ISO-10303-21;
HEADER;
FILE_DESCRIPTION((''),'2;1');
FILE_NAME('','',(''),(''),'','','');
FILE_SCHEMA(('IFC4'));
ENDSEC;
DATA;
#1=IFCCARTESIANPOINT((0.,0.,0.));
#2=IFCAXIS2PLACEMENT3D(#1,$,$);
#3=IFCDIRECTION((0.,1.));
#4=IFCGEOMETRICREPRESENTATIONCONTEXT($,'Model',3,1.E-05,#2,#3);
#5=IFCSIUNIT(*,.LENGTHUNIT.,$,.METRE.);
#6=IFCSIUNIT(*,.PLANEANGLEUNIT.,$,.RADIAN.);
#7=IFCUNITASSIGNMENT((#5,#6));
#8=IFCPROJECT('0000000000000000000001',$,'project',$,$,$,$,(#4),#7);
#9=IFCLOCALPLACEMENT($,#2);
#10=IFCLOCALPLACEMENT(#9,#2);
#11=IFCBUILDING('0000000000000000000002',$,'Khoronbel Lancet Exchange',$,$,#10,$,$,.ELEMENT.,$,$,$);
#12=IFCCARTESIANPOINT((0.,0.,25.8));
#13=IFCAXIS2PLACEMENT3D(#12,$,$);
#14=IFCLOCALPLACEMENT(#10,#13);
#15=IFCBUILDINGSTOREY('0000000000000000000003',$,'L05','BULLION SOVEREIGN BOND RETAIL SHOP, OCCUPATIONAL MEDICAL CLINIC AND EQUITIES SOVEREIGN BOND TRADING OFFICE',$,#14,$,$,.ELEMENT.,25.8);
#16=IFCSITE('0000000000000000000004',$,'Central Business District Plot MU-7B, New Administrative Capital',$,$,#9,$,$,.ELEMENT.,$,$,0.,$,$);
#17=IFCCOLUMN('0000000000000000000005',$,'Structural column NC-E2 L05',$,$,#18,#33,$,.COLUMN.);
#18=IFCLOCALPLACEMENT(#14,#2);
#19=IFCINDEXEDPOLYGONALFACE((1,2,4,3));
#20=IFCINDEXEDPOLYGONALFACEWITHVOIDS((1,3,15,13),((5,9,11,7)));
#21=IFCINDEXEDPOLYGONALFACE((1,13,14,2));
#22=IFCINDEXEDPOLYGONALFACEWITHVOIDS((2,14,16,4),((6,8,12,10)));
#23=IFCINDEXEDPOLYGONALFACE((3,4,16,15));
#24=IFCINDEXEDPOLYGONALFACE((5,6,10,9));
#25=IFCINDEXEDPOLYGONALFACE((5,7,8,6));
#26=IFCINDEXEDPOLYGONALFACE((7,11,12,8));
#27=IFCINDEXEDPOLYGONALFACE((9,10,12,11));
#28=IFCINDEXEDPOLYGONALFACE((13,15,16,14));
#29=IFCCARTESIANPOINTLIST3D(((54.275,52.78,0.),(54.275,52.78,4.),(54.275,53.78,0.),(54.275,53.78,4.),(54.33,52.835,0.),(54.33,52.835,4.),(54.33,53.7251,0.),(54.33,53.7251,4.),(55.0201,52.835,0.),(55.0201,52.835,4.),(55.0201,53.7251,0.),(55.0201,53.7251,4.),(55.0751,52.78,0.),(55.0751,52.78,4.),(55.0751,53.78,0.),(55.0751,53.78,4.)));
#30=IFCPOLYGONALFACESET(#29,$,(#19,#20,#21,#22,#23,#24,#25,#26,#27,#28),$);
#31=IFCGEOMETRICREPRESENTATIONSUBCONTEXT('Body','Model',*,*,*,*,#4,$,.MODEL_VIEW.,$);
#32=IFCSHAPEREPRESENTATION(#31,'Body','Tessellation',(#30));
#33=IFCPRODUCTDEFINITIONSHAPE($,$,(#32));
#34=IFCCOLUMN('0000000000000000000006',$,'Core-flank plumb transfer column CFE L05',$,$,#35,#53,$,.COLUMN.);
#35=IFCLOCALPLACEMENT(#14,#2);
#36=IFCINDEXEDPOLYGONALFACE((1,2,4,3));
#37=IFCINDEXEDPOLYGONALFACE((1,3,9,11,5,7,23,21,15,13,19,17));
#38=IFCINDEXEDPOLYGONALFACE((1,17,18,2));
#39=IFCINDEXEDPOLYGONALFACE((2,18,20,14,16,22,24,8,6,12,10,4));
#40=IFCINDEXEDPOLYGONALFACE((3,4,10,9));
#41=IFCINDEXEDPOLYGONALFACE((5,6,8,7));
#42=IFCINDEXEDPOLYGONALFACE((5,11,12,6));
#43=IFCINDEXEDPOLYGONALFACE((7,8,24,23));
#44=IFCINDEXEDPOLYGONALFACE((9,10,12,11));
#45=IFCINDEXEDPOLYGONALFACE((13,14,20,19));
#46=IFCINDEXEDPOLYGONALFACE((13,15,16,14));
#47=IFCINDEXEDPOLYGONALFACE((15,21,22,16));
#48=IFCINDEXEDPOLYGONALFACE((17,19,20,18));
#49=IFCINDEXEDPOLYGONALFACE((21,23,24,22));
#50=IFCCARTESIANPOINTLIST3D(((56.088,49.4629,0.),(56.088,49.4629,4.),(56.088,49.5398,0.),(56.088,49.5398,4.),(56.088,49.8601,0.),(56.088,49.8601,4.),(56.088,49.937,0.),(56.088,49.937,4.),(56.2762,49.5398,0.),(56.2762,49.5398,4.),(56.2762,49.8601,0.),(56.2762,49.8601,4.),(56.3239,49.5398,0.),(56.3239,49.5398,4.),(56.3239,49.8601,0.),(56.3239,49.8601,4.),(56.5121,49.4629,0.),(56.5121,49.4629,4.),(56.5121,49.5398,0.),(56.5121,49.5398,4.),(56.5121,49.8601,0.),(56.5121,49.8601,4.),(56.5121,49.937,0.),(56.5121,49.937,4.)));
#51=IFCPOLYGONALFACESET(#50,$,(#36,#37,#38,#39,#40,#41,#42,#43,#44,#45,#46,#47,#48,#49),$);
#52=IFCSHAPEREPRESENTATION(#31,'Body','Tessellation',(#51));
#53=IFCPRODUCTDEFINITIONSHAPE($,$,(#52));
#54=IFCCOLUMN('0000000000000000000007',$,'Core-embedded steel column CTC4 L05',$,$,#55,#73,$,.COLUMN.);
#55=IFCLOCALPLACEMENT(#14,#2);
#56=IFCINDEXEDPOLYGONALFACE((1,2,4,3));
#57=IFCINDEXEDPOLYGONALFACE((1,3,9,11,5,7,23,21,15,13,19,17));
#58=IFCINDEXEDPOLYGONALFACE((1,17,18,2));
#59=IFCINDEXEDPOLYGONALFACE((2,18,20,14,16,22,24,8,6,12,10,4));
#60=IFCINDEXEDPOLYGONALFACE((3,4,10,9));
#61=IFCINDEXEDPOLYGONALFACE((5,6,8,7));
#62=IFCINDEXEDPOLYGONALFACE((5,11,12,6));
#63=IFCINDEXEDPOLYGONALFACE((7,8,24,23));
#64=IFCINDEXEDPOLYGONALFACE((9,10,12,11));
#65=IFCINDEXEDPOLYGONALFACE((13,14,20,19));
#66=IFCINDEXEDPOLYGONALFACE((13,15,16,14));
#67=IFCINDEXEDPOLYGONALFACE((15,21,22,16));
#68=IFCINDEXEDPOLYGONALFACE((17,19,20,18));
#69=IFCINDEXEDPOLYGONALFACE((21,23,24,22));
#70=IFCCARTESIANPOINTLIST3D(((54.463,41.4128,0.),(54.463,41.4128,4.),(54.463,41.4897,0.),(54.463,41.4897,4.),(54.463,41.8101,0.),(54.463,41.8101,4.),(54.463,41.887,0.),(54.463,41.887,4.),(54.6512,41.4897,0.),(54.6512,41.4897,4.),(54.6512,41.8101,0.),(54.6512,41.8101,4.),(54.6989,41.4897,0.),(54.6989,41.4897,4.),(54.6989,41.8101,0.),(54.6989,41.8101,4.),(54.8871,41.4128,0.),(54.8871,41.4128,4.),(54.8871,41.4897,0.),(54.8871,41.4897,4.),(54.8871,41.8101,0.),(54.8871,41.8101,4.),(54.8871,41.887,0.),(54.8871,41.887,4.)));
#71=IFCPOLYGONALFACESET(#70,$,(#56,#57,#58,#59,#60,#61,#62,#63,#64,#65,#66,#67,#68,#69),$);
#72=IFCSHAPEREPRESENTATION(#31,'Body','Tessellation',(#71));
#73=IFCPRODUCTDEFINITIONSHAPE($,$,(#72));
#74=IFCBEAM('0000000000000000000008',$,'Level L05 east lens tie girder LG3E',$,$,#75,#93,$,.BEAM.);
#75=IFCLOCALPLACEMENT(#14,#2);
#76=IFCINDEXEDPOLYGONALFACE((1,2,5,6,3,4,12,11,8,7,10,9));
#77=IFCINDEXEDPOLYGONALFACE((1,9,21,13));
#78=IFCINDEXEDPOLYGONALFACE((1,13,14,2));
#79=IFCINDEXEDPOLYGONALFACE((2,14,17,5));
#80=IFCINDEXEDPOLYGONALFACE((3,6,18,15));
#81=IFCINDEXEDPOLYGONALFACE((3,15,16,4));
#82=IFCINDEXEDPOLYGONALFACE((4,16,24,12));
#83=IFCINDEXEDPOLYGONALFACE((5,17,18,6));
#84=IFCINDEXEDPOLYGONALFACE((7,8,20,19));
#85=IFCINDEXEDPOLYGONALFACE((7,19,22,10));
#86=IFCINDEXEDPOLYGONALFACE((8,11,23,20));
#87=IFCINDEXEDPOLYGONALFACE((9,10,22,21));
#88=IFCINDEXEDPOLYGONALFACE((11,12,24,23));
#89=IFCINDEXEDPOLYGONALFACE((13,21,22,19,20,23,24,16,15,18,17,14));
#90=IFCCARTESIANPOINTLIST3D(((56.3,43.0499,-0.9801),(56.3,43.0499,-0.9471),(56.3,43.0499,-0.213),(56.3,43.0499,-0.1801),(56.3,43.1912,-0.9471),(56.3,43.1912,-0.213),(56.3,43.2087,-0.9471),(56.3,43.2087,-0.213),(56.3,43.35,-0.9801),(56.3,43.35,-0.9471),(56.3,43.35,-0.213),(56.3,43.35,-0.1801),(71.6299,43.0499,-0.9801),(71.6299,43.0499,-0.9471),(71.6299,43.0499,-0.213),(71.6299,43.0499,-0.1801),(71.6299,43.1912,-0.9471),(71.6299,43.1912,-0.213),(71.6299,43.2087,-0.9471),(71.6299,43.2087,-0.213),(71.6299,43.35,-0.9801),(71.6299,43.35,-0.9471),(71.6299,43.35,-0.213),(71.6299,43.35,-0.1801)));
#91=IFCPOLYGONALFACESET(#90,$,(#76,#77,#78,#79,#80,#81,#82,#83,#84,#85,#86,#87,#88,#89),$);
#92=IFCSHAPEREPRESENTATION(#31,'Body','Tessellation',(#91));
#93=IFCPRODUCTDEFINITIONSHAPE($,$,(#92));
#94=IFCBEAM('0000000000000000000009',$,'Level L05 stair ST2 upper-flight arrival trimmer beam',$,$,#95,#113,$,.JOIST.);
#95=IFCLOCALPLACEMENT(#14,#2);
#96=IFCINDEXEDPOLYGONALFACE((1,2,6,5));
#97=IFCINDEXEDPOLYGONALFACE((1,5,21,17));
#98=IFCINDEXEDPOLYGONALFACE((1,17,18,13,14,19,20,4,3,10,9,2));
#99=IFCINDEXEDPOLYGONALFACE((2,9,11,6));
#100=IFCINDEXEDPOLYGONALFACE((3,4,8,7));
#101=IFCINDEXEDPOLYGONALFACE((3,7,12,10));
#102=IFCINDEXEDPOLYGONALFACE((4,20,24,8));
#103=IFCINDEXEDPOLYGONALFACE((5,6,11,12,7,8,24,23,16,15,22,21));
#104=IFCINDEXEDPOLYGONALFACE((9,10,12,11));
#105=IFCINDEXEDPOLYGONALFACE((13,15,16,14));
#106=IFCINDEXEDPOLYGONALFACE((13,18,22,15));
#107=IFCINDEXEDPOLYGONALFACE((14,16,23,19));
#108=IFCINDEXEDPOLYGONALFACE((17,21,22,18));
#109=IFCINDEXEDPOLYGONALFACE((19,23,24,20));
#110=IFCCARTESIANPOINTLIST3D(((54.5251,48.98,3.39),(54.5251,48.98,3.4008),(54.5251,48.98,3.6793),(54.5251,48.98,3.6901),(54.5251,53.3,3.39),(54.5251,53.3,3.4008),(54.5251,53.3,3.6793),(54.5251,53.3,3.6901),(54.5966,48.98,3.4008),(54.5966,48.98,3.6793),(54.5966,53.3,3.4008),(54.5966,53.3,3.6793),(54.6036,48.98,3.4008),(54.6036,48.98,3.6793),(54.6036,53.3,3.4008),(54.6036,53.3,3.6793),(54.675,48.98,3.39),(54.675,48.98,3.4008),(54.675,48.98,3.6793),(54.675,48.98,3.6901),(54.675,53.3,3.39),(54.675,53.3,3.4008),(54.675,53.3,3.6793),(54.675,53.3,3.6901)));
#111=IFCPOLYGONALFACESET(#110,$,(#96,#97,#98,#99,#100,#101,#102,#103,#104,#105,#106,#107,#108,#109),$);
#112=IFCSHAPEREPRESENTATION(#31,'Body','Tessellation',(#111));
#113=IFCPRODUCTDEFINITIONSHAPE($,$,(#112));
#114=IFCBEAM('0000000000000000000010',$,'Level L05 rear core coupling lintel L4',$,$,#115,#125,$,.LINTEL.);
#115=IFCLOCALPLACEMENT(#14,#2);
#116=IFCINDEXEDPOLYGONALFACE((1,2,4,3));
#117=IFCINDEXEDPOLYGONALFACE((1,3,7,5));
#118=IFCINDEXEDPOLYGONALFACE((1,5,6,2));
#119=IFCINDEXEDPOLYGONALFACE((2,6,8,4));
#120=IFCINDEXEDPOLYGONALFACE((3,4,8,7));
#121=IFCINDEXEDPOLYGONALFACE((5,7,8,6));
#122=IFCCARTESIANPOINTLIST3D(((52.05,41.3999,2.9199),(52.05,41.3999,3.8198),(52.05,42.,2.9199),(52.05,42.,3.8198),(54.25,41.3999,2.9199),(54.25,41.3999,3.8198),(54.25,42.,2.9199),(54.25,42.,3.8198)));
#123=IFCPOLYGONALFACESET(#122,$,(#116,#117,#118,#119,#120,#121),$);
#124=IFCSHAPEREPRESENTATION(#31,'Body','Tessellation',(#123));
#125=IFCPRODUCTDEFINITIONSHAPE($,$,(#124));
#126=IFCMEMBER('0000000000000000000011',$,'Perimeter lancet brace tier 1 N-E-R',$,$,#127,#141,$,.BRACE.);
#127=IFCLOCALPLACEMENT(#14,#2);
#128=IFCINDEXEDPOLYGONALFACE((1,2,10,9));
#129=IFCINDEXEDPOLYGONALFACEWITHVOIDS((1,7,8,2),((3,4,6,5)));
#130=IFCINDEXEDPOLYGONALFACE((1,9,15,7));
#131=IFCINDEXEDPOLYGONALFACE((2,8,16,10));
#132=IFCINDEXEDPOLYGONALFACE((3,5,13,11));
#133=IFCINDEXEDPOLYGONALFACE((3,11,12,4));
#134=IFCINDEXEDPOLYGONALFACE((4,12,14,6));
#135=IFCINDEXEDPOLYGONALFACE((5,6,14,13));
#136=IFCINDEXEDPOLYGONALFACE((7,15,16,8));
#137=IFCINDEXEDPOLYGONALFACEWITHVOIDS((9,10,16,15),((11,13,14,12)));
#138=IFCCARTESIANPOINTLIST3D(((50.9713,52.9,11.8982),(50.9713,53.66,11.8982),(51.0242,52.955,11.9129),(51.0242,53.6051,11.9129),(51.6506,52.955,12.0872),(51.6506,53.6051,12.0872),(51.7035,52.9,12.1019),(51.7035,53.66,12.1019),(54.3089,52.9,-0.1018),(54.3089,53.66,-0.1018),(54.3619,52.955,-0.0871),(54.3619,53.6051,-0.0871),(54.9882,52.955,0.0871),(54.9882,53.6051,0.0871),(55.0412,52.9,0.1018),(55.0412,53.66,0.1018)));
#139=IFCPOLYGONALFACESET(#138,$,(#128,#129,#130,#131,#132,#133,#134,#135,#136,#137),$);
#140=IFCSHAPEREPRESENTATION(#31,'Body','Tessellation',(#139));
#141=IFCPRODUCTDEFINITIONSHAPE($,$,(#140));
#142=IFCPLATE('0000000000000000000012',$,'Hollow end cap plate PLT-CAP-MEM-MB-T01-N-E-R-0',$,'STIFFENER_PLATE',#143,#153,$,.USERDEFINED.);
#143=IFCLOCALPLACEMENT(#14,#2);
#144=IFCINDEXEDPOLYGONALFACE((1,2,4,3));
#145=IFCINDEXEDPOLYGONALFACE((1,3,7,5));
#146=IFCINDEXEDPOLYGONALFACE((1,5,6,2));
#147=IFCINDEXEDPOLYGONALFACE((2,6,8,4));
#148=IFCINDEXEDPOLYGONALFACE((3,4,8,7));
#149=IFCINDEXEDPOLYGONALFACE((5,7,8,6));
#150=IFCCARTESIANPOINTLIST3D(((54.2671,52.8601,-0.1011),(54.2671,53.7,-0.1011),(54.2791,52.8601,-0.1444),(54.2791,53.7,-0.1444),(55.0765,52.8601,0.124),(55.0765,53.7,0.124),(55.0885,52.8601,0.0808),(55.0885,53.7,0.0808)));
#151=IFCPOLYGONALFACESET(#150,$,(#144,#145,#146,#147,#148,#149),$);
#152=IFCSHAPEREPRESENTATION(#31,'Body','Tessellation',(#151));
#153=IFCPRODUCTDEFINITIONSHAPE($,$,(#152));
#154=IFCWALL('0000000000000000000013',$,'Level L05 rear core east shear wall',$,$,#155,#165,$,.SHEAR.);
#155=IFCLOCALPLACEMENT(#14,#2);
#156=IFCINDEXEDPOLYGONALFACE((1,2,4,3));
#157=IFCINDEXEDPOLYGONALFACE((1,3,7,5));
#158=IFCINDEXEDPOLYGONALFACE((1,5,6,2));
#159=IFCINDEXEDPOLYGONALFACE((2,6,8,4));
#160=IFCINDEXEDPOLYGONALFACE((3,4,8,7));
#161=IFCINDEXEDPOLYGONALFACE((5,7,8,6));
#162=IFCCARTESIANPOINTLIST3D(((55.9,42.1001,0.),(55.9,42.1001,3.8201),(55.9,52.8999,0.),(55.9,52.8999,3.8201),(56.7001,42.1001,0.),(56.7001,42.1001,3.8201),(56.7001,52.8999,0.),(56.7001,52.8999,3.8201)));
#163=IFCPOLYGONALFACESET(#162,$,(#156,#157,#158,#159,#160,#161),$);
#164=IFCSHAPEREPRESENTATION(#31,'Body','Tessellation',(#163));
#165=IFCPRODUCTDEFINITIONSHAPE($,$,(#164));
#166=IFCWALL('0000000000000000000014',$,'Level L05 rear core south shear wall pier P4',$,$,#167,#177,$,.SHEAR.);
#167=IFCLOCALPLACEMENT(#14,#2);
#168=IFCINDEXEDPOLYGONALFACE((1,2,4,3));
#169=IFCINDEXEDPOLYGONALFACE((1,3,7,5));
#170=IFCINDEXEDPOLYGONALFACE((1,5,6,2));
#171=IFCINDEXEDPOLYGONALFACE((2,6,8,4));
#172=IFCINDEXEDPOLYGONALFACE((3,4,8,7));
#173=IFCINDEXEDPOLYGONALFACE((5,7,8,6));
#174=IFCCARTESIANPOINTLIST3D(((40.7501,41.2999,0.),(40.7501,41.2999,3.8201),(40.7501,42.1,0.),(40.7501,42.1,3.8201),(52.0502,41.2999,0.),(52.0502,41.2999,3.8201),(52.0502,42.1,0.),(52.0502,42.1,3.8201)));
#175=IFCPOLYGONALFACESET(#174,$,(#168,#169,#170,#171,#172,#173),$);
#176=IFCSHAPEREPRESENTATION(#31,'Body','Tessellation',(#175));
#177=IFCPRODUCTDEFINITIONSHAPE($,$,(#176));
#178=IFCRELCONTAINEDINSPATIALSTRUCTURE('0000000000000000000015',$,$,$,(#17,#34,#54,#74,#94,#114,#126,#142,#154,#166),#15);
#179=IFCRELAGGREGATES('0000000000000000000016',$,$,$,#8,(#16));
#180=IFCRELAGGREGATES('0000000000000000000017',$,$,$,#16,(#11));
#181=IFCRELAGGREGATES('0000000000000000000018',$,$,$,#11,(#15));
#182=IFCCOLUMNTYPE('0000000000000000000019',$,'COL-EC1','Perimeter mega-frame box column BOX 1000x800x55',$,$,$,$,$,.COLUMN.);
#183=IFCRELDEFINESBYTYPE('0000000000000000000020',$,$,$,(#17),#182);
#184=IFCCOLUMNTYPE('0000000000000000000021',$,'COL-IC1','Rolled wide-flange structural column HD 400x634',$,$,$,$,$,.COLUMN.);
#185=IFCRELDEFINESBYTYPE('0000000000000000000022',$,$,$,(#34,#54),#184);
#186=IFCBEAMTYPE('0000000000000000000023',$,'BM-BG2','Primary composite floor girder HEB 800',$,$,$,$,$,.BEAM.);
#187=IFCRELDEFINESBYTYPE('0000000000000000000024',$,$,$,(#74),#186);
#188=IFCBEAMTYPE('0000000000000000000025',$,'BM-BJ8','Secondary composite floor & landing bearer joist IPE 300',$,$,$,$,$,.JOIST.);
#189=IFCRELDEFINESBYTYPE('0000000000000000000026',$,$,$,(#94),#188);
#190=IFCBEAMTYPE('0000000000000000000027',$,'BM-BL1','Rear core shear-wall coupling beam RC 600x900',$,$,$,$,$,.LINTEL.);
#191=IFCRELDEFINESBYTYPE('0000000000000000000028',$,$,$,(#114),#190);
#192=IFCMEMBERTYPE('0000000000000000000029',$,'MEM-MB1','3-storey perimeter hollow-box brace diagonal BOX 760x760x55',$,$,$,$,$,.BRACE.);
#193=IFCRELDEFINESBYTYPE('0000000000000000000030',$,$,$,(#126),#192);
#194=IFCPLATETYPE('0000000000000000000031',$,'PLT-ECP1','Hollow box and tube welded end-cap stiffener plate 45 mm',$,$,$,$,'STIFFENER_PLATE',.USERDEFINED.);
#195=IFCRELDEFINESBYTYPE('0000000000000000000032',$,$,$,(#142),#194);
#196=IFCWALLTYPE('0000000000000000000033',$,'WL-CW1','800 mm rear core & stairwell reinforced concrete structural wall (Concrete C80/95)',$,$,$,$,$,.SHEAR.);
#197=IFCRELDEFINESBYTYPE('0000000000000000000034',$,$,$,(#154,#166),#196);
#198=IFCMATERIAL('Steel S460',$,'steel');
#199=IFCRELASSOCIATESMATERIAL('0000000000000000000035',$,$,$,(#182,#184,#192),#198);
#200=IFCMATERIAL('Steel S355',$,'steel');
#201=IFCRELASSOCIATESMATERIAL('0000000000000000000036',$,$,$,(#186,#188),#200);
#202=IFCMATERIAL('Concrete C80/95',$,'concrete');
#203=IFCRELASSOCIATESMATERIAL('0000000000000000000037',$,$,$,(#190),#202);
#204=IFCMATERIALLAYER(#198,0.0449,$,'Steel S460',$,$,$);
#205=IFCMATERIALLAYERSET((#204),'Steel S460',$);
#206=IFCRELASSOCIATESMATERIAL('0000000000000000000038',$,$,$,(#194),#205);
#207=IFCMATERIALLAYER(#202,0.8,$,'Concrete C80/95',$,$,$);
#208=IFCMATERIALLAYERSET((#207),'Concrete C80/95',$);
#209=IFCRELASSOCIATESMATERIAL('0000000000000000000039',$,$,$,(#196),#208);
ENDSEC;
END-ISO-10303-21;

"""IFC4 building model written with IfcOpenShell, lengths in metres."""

from ifc_helpers import new_model, si_unit, direction, frame, frame_2d, origin, origin_2d, place, context, subcontext, project, spatial, polyline, rectangle, hollow_rectangle, i_section, outline, extrude, material, layer, layer_set, material_profile, profile_set, type_object, element, save


model = new_model("IFC4")

# Units and contexts
model_context = context("Model", 3, precision=1e-05, world=origin(), true_north=direction((0.0, 1.0)))
body_context = subcontext(model_context, "Body", "Model", "MODEL_VIEW")
ifc_project = project(units=[si_unit("LENGTHUNIT", "METRE"), si_unit("PLANEANGLEUNIT", "RADIAN")], contexts=[model_context])

# Site, building, storey
site_placement = place(None, origin())
site = spatial("IfcSite", under=ifc_project, at=site_placement, Name="Central Business District Plot MU-7B, New Administrative Capital", CompositionType="ELEMENT", RefElevation=0.0)
building_placement = place(site_placement, origin())
building = spatial("IfcBuilding", under=site, at=building_placement, Name="Khoronbel Lancet Exchange", CompositionType="ELEMENT")
storey_placement = place(building_placement, frame((0.0, 0.0, 25.8)))
storey = spatial("IfcBuildingStorey", under=building, at=storey_placement, Name="L05", Description="BULLION SOVEREIGN BOND RETAIL SHOP, OCCUPATIONAL MEDICAL CLINIC AND EQUITIES SOVEREIGN BOND TRADING OFFICE", CompositionType="ELEMENT", Elevation=25.8)

# Columns
ifc_material_1 = material(Name="Steel S460", Category="steel")
ifc_material_profile_1 = material_profile(ifc_material_1, hollow_rectangle(XDim=0.8, YDim=1.0, WallThickness=0.0549, at=origin_2d()), Name="BOX 1000x800x55")
ifc_profile_set_1 = profile_set([ifc_material_profile_1], Name="Steel S460")
column_type_1 = type_object("IfcColumnType", Name="COL-EC1", Description="Perimeter mega-frame box column BOX 1000x800x55", PredefinedType="COLUMN", material=ifc_profile_set_1)
column_placement = place(storey_placement, frame((54.675, 53.28, 0.0), z_axis=(0.0, 0.0, 1.0), x_axis=(1.0, 0.0, 0.0)))
element("IfcColumn", 1, at=column_placement, inside=storey, type_object=column_type_1, Name="Structural column NC-E2 L05", PredefinedType="COLUMN", context=body_context, shape_type="SweptSolid", body=[
    extrude(hollow_rectangle(XDim=0.8, YDim=1.0, WallThickness=0.0549, at=origin_2d()), origin(), (0.0, 0.0, 1.0), 4.0),
])
ifc_material_profile_2 = material_profile(ifc_material_1, i_section(OverallWidth=0.4241, OverallDepth=0.4741, WebThickness=0.0476, FlangeThickness=0.0769, at=origin_2d()), Name="HD 400x634")
ifc_profile_set_2 = profile_set([ifc_material_profile_2], Name="Steel S460")
column_type_2 = type_object("IfcColumnType", Name="COL-IC1", Description="Rolled wide-flange structural column HD 400x634", PredefinedType="COLUMN", material=ifc_profile_set_2)
for number, where, z_axis, x_axis, name in (
    (2, (56.3, 49.7, 0.0), (0.0, 0.0, 1.0), (1.0, 0.0, 0.0), "Core-flank plumb transfer column CFE L05"),
    (3, (54.675, 41.6499, 0.0), (0.0, 0.0, 1.0), (1.0, 0.0, 0.0), "Core-embedded steel column CTC4 L05"),
):
    element("IfcColumn", number, at=place(storey_placement, frame(where, z_axis=z_axis, x_axis=x_axis)), inside=storey, type_object=column_type_2, Name=name, PredefinedType="COLUMN", context=body_context, shape_type="SweptSolid", body=[
        extrude(i_section(OverallWidth=0.4241, OverallDepth=0.4741, WebThickness=0.0476, FlangeThickness=0.0769, at=origin_2d()), origin(), (0.0, 0.0, 1.0), 4.0),
    ])

# Beams
ifc_material_2 = material(Name="Steel S355", Category="steel")
ifc_material_profile_3 = material_profile(ifc_material_2, i_section(OverallWidth=0.3, OverallDepth=0.8, WebThickness=0.0176, FlangeThickness=0.033, at=origin_2d()), Name="HEB 800")
ifc_profile_set_3 = profile_set([ifc_material_profile_3], Name="Steel S355")
beam_type_1 = type_object("IfcBeamType", Name="BM-BG2", Description="Primary composite floor girder HEB 800", PredefinedType="BEAM", material=ifc_profile_set_3)
beam_1_placement = place(storey_placement, frame((56.3, 43.2, -0.5801), z_axis=(1.0, 0.0, 0.0), x_axis=(0.0, 1.0, 0.0)))
element("IfcBeam", 4, at=beam_1_placement, inside=storey, type_object=beam_type_1, Name="Level L05 east lens tie girder LG3E", PredefinedType="BEAM", context=body_context, shape_type="SweptSolid", body=[
    extrude(i_section(OverallWidth=0.3, OverallDepth=0.8, WebThickness=0.0176, FlangeThickness=0.033, at=origin_2d()), origin(), (0.0, 0.0, 1.0), 15.3298),
])
ifc_material_profile_4 = material_profile(ifc_material_2, i_section(OverallWidth=0.1499, OverallDepth=0.3, WebThickness=0.0071, FlangeThickness=0.0107, at=origin_2d()), Name="IPE 300")
ifc_profile_set_4 = profile_set([ifc_material_profile_4], Name="Steel S355")
beam_type_2 = type_object("IfcBeamType", Name="BM-BJ8", Description="Secondary composite floor & landing bearer joist IPE 300", PredefinedType="JOIST", material=ifc_profile_set_4)
beam_2_placement = place(storey_placement, frame((54.6001, 48.98, 3.54), z_axis=(0.0, 1.0, 0.0), x_axis=(-1.0, 0.0, 0.0)))
element("IfcBeam", 5, at=beam_2_placement, inside=storey, type_object=beam_type_2, Name="Level L05 stair ST2 upper-flight arrival trimmer beam", PredefinedType="JOIST", context=body_context, shape_type="SweptSolid", body=[
    extrude(i_section(OverallWidth=0.1499, OverallDepth=0.3, WebThickness=0.0071, FlangeThickness=0.0107, at=origin_2d()), origin(), (0.0, 0.0, 1.0), 4.3201),
])
ifc_material_3 = material(Name="Concrete C80/95", Category="concrete")
ifc_material_profile_5 = material_profile(ifc_material_3, rectangle(XDim=0.6001, YDim=0.8999, at=origin_2d()), Name="RC 600x900")
ifc_profile_set_5 = profile_set([ifc_material_profile_5], Name="Concrete C80/95")
beam_type_3 = type_object("IfcBeamType", Name="BM-BL1", Description="Rear core shear-wall coupling beam RC 600x900", PredefinedType="LINTEL", material=ifc_profile_set_5)
beam_3_placement = place(storey_placement, frame((52.05, 41.7, 3.3699), z_axis=(1.0, 0.0, 0.0), x_axis=(0.0, 1.0, 0.0)))
element("IfcBeam", 6, at=beam_3_placement, inside=storey, type_object=beam_type_3, Name="Level L05 rear core coupling lintel L4", PredefinedType="LINTEL", context=body_context, shape_type="SweptSolid", body=[
    extrude(rectangle(XDim=0.6001, YDim=0.8999, at=origin_2d()), origin(), (0.0, 0.0, 1.0), 2.2),
])

# Member
ifc_material_profile_6 = material_profile(ifc_material_1, hollow_rectangle(XDim=0.76, YDim=0.76, WallThickness=0.0549, at=origin_2d()), Name="BOX 760x760x55")
ifc_profile_set_6 = profile_set([ifc_material_profile_6], Name="Steel S460")
member_type = type_object("IfcMemberType", Name="MEM-MB1", Description="3-storey perimeter hollow-box brace diagonal BOX 760x760x55", PredefinedType="BRACE", material=ifc_profile_set_6)
member_placement = place(storey_placement, frame((54.675, 53.28, 0.0), z_axis=(-0.267965, 0.0, 0.963429), x_axis=(0.0, -1.0, 0.0)))
element("IfcMember", 7, at=member_placement, inside=storey, type_object=member_type, Name="Perimeter lancet brace tier 1 N-E-R", PredefinedType="BRACE", context=body_context, shape_type="SweptSolid", body=[
    extrude(hollow_rectangle(XDim=0.76, YDim=0.76, WallThickness=0.0549, at=origin_2d()), origin(), (0.0, 0.0, 1.0), 12.4556),
])

# Plate
ifc_layer_1 = layer(ifc_material_1, 0.0449, Name="Steel S460")
ifc_layer_set_1 = layer_set([ifc_layer_1], Name="Steel S460")
plate_type = type_object("IfcPlateType", Name="PLT-ECP1", Description="Hollow box and tube welded end-cap stiffener plate 45 mm", ElementType="STIFFENER_PLATE", PredefinedType="USERDEFINED", material=ifc_layer_set_1)
plate_placement = place(storey_placement, frame((54.2671, 53.7, -0.1011), z_axis=(-0.267959, 0.0, 0.96343), x_axis=(0.0, -1.0, 0.0)))
element("IfcPlate", 8, at=plate_placement, inside=storey, type_object=plate_type, Name="Hollow end cap plate PLT-CAP-MEM-MB-T01-N-E-R-0", ObjectType="STIFFENER_PLATE", PredefinedType="USERDEFINED", context=body_context, shape_type="SweptSolid", body=[
    extrude(outline(polyline([(0.0, 0.0), (0.8398, 0.0), (0.8398, 0.8401), (0.0, 0.8401), (0.0, 0.0)])), origin(), (0.0, 0.0, -1.0), 0.0449),
])

# Walls
ifc_layer_2 = layer(ifc_material_3, 0.8, Name="Concrete C80/95")
ifc_layer_set_2 = layer_set([ifc_layer_2], Name="Concrete C80/95")
wall_type_1 = type_object("IfcWallType", Name="WL-CW1", Description="800 mm rear core & stairwell reinforced concrete structural wall (Concrete C80/95)", PredefinedType="SHEAR", material=ifc_layer_set_2)
wall_1_placement = place(storey_placement, frame((56.3, 52.8999, 0.0), z_axis=(0.0, 0.0, 1.0), x_axis=(0.0, -1.0, 0.0)))
element("IfcWall", 9, at=wall_1_placement, inside=storey, type_object=wall_type_1, Name="Level L05 rear core east shear wall", PredefinedType="SHEAR", context=body_context, shape_type="SweptSolid", body=[
    extrude(rectangle(XDim=10.7998, YDim=0.8, at=frame_2d((5.3999, 0.0))), origin(), (0.0, 0.0, 1.0), 3.8201),
])
wall_2_placement = place(storey_placement, frame((52.05, 41.7, 0.0), z_axis=(0.0, 0.0, 1.0), x_axis=(-1.0, 0.0, 0.0)))
element("IfcWall", 10, at=wall_2_placement, inside=storey, type_object=wall_type_1, Name="Level L05 rear core south shear wall pier P4", PredefinedType="SHEAR", context=body_context, shape_type="SweptSolid", body=[
    extrude(rectangle(XDim=11.3, YDim=0.8, at=frame_2d((5.6499, 0.0))), origin(), (0.0, 0.0, 1.0), 3.8201),
])

save(model, "model.ifc")
